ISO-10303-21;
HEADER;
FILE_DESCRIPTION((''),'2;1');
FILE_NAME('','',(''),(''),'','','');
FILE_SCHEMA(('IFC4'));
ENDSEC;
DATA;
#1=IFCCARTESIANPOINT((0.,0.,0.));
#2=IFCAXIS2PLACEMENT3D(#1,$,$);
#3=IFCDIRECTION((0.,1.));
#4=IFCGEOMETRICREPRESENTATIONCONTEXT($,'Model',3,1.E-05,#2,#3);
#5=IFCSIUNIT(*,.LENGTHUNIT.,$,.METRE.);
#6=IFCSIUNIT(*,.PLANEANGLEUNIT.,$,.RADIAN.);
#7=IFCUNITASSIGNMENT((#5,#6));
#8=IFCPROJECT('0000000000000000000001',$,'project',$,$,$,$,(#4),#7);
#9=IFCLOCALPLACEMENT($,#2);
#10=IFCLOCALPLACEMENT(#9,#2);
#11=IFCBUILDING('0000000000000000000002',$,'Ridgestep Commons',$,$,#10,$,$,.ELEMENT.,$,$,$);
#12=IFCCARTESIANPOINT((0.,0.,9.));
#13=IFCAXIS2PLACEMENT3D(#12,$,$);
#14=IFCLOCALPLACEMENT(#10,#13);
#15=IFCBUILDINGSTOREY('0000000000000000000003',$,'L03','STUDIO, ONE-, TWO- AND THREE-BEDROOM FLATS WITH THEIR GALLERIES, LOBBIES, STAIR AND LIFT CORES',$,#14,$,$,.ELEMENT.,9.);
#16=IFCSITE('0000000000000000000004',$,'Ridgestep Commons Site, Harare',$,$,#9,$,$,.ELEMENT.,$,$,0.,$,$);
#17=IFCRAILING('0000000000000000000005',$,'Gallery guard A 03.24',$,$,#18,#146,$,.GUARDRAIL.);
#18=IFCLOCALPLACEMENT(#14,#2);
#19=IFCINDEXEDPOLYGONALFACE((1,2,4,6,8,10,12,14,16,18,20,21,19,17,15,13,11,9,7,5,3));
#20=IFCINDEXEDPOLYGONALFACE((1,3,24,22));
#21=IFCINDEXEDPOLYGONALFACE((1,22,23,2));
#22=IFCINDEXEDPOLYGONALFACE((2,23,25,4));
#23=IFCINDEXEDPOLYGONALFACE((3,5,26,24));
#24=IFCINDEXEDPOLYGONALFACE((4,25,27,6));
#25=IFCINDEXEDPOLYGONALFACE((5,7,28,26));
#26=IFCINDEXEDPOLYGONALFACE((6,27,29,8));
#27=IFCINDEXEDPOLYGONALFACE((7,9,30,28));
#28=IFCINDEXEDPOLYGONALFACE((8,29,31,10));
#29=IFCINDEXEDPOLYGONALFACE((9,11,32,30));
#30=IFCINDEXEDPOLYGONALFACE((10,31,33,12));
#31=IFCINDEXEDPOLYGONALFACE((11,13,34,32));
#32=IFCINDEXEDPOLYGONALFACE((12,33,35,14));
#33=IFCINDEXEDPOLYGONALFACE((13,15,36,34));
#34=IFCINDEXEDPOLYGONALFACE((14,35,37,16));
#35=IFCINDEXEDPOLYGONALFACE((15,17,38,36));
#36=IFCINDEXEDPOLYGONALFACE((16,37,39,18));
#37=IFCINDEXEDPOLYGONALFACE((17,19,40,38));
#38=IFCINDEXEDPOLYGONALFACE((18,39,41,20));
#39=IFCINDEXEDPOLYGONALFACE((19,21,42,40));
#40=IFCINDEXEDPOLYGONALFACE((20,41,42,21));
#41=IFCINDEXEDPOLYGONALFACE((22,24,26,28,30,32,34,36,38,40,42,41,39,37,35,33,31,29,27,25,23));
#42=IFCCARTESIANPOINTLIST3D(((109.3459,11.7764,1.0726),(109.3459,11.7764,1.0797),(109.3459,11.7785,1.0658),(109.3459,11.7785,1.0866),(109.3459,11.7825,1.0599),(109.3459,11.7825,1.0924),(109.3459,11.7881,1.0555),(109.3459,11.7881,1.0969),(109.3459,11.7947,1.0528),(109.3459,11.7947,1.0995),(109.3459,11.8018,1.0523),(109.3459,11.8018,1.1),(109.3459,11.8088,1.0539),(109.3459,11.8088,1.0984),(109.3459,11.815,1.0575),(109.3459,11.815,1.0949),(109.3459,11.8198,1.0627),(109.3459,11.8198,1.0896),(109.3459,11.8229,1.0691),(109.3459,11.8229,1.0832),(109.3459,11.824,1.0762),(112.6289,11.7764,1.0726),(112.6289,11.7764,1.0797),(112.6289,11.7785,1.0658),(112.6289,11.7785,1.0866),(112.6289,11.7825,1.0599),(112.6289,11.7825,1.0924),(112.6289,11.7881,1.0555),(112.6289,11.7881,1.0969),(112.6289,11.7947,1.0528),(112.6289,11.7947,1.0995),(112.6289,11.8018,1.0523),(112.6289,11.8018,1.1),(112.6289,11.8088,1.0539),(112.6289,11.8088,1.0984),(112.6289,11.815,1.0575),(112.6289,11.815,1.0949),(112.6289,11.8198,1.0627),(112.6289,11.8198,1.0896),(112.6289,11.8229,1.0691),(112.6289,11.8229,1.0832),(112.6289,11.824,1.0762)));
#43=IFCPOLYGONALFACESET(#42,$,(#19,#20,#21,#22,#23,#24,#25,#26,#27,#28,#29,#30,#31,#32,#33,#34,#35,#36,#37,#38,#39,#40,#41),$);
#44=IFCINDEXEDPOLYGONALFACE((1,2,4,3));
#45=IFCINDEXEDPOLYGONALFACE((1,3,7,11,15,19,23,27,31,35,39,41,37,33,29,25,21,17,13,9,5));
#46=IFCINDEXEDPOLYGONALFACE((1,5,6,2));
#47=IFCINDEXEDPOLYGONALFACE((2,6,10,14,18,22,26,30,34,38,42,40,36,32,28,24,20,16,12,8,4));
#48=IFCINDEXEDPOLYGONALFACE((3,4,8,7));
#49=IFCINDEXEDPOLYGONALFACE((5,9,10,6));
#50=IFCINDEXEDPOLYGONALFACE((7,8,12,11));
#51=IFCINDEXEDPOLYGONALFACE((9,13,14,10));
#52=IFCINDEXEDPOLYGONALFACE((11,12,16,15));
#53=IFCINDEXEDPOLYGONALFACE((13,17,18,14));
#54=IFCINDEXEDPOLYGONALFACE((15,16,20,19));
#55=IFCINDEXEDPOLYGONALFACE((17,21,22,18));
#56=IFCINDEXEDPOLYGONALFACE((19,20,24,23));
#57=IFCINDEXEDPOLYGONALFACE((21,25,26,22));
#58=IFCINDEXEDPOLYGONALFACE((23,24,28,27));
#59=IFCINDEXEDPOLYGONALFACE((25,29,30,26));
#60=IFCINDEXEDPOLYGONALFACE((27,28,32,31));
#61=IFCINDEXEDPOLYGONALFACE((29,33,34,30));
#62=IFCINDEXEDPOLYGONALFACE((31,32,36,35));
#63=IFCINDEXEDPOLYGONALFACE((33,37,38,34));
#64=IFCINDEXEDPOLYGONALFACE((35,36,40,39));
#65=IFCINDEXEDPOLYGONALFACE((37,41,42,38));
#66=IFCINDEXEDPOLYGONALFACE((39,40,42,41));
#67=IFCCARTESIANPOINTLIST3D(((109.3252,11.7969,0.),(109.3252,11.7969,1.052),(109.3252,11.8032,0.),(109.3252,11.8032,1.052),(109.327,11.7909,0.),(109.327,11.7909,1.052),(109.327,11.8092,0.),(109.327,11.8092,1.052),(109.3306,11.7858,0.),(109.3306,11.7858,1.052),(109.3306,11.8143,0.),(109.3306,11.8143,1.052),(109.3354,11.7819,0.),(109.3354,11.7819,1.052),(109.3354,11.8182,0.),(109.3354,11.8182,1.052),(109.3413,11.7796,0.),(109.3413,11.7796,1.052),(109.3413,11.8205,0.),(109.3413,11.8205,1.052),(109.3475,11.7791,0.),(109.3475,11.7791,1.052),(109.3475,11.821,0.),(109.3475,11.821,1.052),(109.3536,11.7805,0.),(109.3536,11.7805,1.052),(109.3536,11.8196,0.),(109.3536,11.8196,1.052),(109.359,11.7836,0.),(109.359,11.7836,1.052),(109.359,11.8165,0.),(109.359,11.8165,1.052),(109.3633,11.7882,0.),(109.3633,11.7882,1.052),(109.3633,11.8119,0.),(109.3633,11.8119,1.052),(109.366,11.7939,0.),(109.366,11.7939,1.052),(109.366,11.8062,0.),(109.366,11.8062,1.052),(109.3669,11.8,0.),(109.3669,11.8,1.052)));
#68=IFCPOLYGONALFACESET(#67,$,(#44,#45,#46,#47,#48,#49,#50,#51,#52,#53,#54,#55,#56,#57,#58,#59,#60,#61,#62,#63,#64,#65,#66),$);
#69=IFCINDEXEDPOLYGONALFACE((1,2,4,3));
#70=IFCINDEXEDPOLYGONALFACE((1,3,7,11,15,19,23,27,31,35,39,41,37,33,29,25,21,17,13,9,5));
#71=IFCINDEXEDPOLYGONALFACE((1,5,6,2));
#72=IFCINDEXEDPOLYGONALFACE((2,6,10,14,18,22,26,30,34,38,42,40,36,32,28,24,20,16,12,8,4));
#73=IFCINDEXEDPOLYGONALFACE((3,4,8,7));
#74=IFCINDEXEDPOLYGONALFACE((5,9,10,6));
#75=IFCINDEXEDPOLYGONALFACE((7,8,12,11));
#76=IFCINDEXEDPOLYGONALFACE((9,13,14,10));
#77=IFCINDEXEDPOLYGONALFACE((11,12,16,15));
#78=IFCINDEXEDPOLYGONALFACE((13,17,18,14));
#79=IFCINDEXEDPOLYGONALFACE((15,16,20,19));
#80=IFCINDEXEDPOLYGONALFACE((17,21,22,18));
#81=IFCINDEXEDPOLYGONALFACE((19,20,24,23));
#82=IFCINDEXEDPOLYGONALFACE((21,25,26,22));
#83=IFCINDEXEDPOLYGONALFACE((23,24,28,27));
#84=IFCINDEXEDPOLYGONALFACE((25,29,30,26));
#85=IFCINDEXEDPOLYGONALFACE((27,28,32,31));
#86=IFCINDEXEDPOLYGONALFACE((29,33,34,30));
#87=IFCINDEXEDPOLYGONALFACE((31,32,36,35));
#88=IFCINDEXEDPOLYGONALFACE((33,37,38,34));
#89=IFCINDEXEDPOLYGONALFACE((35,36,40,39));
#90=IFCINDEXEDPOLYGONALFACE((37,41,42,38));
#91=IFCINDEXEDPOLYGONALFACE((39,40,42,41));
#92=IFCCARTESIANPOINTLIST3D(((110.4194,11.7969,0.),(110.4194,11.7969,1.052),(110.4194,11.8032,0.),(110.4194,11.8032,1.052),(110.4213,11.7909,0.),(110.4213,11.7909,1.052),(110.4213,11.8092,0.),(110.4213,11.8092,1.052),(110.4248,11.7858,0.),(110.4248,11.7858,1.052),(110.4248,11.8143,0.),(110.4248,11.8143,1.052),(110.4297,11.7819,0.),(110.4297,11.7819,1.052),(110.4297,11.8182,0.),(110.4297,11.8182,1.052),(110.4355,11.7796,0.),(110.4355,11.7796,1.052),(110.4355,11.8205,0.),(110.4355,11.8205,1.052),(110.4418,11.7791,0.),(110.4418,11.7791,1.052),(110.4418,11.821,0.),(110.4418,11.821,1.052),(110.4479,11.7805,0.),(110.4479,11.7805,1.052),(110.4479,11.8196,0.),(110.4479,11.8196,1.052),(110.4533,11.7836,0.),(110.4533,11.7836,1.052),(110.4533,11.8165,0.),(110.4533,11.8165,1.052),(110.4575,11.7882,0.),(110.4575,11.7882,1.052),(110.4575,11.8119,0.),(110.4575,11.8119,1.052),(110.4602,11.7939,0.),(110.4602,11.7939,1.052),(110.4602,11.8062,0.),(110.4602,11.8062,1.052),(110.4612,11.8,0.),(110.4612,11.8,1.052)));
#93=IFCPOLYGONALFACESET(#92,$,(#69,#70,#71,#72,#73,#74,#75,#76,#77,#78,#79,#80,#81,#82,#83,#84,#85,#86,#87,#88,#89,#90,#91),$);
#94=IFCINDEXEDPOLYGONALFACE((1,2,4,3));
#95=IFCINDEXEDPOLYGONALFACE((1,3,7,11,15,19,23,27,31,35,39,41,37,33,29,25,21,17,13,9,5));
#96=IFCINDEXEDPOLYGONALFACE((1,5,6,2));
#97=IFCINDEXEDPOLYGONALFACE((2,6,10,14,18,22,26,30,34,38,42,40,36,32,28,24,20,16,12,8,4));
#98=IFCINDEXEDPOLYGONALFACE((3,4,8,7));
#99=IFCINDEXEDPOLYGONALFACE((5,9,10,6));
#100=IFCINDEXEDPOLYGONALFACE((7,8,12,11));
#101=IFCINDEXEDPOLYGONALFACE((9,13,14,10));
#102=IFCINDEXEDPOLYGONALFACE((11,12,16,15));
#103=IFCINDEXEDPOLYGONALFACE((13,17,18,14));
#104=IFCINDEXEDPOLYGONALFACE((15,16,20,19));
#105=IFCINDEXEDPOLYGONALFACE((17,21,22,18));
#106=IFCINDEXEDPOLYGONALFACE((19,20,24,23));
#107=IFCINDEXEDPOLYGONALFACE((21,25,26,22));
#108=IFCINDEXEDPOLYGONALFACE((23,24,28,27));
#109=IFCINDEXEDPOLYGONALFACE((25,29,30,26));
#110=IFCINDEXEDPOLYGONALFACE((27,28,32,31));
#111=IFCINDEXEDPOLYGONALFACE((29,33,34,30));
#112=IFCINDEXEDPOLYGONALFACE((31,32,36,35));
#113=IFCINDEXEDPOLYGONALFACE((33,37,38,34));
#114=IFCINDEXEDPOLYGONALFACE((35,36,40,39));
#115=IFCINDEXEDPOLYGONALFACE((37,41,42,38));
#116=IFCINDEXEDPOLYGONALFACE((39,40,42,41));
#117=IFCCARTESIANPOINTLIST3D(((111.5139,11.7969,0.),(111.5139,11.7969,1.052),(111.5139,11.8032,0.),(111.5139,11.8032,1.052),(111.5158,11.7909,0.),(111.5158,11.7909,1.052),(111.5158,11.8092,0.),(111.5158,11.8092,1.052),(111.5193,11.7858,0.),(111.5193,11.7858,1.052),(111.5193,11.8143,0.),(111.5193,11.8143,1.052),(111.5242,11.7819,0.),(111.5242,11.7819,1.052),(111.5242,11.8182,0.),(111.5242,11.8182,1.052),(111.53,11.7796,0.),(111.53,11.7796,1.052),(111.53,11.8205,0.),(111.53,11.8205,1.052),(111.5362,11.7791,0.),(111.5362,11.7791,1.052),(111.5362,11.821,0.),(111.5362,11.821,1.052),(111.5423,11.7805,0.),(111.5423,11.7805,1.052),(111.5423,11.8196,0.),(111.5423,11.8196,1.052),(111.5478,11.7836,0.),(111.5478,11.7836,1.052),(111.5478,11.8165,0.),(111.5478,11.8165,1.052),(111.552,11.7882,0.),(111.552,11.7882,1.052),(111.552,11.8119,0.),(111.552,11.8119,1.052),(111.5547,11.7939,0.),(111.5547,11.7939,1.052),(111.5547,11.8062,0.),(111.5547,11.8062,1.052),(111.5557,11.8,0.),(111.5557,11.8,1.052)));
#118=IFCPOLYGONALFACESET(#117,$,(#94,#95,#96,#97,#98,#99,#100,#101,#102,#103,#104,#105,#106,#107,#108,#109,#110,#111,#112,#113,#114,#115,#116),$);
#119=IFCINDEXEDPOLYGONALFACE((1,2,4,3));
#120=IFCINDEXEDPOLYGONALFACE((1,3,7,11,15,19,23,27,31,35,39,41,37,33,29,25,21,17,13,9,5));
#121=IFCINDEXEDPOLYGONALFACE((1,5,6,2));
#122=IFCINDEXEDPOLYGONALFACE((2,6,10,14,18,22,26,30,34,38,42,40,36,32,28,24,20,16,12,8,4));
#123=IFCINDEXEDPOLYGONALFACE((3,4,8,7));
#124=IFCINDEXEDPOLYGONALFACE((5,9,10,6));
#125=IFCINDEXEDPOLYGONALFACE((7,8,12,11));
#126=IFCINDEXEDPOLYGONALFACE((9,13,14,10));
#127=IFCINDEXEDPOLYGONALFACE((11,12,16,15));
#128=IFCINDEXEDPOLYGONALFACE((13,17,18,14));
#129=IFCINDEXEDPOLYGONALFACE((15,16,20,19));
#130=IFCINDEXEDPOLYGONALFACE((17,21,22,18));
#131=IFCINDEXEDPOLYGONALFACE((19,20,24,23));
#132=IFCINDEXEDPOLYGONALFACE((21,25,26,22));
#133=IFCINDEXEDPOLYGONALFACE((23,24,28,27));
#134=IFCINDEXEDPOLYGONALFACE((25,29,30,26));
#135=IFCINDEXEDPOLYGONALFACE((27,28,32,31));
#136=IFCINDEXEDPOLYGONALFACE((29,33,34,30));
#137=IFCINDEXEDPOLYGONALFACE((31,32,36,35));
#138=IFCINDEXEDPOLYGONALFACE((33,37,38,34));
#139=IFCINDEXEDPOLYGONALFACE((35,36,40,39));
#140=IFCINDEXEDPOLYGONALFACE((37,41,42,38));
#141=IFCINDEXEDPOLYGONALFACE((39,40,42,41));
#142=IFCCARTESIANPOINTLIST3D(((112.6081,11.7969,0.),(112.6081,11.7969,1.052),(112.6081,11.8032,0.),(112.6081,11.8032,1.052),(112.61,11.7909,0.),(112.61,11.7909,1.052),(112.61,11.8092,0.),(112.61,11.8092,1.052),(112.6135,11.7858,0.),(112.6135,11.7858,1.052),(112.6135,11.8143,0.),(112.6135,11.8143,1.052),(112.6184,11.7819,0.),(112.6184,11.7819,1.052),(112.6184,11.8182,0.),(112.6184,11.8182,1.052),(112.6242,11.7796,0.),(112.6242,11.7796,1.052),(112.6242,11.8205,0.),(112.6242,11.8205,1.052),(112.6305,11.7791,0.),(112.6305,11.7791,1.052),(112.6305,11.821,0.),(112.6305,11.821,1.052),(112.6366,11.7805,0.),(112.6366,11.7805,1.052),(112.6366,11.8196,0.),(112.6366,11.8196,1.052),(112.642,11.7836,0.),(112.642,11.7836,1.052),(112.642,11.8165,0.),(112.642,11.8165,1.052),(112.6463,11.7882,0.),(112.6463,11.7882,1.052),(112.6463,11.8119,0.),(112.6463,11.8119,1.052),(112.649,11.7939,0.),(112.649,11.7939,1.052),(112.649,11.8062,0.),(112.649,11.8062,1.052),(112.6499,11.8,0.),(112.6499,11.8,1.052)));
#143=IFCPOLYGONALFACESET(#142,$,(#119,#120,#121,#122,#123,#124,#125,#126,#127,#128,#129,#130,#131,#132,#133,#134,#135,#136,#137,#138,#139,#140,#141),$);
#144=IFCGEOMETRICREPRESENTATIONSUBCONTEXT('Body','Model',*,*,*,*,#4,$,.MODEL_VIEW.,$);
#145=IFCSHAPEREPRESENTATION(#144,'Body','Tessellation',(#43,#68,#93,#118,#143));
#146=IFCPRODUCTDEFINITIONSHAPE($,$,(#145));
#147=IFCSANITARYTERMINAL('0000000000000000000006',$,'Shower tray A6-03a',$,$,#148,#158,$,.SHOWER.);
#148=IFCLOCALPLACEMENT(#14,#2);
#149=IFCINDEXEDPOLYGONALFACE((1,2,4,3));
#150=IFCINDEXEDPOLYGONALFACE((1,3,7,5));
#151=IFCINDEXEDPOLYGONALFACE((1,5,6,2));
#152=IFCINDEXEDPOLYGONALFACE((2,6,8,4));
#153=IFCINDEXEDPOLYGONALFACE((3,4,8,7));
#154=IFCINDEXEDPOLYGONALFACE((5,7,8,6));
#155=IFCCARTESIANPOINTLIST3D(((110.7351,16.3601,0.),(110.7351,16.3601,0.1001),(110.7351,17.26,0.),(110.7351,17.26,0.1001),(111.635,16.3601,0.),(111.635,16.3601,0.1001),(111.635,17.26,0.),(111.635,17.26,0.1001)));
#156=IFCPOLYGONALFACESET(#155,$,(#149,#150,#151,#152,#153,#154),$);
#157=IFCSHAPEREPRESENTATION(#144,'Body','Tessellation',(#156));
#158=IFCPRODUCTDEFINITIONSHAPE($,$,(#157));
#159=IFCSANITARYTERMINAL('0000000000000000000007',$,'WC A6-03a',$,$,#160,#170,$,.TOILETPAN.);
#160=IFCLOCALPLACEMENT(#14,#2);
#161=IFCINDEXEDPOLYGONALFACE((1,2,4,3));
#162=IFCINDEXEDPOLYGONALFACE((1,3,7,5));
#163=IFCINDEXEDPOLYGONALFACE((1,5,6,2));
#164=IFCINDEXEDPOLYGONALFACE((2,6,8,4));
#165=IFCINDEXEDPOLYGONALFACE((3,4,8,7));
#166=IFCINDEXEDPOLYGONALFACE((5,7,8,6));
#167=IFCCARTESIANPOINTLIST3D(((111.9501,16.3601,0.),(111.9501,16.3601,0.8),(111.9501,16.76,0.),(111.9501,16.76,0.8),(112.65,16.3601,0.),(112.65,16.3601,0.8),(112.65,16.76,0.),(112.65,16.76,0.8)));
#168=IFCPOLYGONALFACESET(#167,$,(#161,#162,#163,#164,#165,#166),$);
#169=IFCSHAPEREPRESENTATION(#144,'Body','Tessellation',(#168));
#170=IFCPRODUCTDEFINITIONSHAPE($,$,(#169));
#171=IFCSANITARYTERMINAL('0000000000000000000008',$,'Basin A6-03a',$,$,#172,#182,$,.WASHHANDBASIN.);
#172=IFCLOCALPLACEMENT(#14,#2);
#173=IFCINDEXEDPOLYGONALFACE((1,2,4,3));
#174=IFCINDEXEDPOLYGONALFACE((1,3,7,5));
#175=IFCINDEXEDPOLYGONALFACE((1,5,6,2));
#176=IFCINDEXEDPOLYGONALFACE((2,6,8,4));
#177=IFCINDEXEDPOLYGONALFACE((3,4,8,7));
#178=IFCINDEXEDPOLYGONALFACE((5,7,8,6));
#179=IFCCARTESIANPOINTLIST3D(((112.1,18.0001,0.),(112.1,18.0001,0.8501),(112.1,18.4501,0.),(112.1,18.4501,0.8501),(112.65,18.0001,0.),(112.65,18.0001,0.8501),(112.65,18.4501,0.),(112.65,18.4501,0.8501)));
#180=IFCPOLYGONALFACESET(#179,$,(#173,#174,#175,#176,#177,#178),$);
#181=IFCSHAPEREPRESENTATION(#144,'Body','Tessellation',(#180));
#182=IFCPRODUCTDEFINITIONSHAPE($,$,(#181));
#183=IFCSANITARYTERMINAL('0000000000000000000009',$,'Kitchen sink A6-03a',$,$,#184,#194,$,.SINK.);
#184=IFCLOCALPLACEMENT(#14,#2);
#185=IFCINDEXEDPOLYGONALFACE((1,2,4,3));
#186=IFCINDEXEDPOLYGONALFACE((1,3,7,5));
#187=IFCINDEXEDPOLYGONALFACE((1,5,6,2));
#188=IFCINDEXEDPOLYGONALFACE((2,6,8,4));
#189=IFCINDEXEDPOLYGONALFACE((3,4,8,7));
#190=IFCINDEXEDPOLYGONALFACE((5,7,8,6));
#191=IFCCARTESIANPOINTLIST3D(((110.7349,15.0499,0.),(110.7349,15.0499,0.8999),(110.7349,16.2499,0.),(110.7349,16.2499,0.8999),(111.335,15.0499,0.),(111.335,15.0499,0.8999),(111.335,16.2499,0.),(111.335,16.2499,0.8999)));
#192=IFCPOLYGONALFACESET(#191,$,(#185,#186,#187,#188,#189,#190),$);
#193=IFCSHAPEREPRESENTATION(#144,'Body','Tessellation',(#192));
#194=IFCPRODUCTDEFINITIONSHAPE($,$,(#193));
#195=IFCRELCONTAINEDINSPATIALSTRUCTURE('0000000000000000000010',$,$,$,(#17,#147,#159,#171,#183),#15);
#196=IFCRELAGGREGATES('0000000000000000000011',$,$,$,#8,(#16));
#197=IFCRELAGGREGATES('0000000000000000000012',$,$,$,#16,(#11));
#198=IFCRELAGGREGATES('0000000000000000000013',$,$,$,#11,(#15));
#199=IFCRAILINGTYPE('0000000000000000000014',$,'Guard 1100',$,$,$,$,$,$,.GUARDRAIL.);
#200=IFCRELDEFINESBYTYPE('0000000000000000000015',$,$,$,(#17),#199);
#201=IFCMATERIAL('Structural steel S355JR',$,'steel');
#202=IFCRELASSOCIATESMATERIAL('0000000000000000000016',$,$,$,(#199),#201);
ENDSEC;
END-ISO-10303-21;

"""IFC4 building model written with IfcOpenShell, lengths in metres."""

from ifc_helpers import new_model, si_unit, direction, frame, origin, origin_2d, place, context, subcontext, project, spatial, rectangle, circle, extrude, material, type_object, element, save


model = new_model("IFC4")

# Units and contexts
model_context = context("Model", 3, precision=1e-05, world=origin(), true_north=direction((0.0, 1.0)))
body_context = subcontext(model_context, "Body", "Model", "MODEL_VIEW")
ifc_project = project(units=[si_unit("LENGTHUNIT", "METRE"), si_unit("PLANEANGLEUNIT", "RADIAN")], contexts=[model_context])

# Site, building, storey
site_placement = place(None, origin())
site = spatial("IfcSite", under=ifc_project, at=site_placement, Name="Ridgestep Commons Site, Harare", CompositionType="ELEMENT", RefElevation=0.0)
building_placement = place(site_placement, origin())
building = spatial("IfcBuilding", under=site, at=building_placement, Name="Ridgestep Commons", CompositionType="ELEMENT")
storey_placement = place(building_placement, frame((0.0, 0.0, 9.0)))
storey = spatial("IfcBuildingStorey", under=building, at=storey_placement, Name="L03", Description="STUDIO, ONE-, TWO- AND THREE-BEDROOM FLATS WITH THEIR GALLERIES, LOBBIES, STAIR AND LIFT CORES", CompositionType="ELEMENT", Elevation=9.0)

# Railing
ifc_material_1 = material(Name="Structural steel S355JR", Category="steel")
railing_type = type_object("IfcRailingType", Name="Guard 1100", PredefinedType="GUARDRAIL", material=ifc_material_1)
railing_placement = place(storey_placement, frame((109.3459, 11.8, 0.0)))
element("IfcRailing", 1, at=railing_placement, inside=storey, type_object=railing_type, Name="Gallery guard A 03.24", PredefinedType="GUARDRAIL", context=body_context, shape_type="SweptSolid", body=[
    extrude(circle(Radius=0.0239, at=origin_2d()), frame((0.0, 0.0, 1.0762), z_axis=(1.0, 0.0, 0.0), x_axis=(0.0, 1.0, 0.0)), (0.0, 0.0, 1.0), 3.283),
    extrude(circle(Radius=0.021, at=origin_2d()), origin(), (0.0, 0.0, 1.0), 1.052),
    extrude(circle(Radius=0.021, at=origin_2d()), frame((1.0942, 0.0, 0.0)), (0.0, 0.0, 1.0), 1.052),
    extrude(circle(Radius=0.021, at=origin_2d()), frame((2.1887, 0.0, 0.0)), (0.0, 0.0, 1.0), 1.052),
    extrude(circle(Radius=0.021, at=origin_2d()), frame((3.283, 0.0, 0.0)), (0.0, 0.0, 1.0), 1.052),
])

# Sanitary terminals
sanitary_terminal_1_placement = place(storey_placement, frame((111.1851, 16.8101, 0.0), z_axis=(0.0, 0.0, 1.0), x_axis=(1.0, 0.0, 0.0)))
element("IfcSanitaryTerminal", 2, at=sanitary_terminal_1_placement, inside=storey, Name="Shower tray A6-03a", PredefinedType="SHOWER", context=body_context, shape_type="SweptSolid", body=[
    extrude(rectangle(XDim=0.8999, YDim=0.8999, at=origin_2d()), origin(), (0.0, 0.0, 1.0), 0.1001),
])
sanitary_terminal_2_placement = place(storey_placement, frame((112.3, 16.5601, 0.0), z_axis=(0.0, 0.0, 1.0), x_axis=(1.0, 0.0, 0.0)))
element("IfcSanitaryTerminal", 3, at=sanitary_terminal_2_placement, inside=storey, Name="WC A6-03a", PredefinedType="TOILETPAN", context=body_context, shape_type="SweptSolid", body=[
    extrude(rectangle(XDim=0.7, YDim=0.3999, at=origin_2d()), origin(), (0.0, 0.0, 1.0), 0.8),
])
sanitary_terminal_3_placement = place(storey_placement, frame((112.375, 18.2251, 0.0), z_axis=(0.0, 0.0, 1.0), x_axis=(1.0, 0.0, 0.0)))
element("IfcSanitaryTerminal", 4, at=sanitary_terminal_3_placement, inside=storey, Name="Basin A6-03a", PredefinedType="WASHHANDBASIN", context=body_context, shape_type="SweptSolid", body=[
    extrude(rectangle(XDim=0.55, YDim=0.45, at=origin_2d()), origin(), (0.0, 0.0, 1.0), 0.8501),
])
sanitary_terminal_4_placement = place(storey_placement, frame((111.0349, 15.6499, 0.0), z_axis=(0.0, 0.0, 1.0), x_axis=(1.0, 0.0, 0.0)))
element("IfcSanitaryTerminal", 5, at=sanitary_terminal_4_placement, inside=storey, Name="Kitchen sink A6-03a", PredefinedType="SINK", context=body_context, shape_type="SweptSolid", body=[
    extrude(rectangle(XDim=0.6001, YDim=1.2, at=origin_2d()), origin(), (0.0, 0.0, 1.0), 0.8999),
])

save(model, "model.ifc")
